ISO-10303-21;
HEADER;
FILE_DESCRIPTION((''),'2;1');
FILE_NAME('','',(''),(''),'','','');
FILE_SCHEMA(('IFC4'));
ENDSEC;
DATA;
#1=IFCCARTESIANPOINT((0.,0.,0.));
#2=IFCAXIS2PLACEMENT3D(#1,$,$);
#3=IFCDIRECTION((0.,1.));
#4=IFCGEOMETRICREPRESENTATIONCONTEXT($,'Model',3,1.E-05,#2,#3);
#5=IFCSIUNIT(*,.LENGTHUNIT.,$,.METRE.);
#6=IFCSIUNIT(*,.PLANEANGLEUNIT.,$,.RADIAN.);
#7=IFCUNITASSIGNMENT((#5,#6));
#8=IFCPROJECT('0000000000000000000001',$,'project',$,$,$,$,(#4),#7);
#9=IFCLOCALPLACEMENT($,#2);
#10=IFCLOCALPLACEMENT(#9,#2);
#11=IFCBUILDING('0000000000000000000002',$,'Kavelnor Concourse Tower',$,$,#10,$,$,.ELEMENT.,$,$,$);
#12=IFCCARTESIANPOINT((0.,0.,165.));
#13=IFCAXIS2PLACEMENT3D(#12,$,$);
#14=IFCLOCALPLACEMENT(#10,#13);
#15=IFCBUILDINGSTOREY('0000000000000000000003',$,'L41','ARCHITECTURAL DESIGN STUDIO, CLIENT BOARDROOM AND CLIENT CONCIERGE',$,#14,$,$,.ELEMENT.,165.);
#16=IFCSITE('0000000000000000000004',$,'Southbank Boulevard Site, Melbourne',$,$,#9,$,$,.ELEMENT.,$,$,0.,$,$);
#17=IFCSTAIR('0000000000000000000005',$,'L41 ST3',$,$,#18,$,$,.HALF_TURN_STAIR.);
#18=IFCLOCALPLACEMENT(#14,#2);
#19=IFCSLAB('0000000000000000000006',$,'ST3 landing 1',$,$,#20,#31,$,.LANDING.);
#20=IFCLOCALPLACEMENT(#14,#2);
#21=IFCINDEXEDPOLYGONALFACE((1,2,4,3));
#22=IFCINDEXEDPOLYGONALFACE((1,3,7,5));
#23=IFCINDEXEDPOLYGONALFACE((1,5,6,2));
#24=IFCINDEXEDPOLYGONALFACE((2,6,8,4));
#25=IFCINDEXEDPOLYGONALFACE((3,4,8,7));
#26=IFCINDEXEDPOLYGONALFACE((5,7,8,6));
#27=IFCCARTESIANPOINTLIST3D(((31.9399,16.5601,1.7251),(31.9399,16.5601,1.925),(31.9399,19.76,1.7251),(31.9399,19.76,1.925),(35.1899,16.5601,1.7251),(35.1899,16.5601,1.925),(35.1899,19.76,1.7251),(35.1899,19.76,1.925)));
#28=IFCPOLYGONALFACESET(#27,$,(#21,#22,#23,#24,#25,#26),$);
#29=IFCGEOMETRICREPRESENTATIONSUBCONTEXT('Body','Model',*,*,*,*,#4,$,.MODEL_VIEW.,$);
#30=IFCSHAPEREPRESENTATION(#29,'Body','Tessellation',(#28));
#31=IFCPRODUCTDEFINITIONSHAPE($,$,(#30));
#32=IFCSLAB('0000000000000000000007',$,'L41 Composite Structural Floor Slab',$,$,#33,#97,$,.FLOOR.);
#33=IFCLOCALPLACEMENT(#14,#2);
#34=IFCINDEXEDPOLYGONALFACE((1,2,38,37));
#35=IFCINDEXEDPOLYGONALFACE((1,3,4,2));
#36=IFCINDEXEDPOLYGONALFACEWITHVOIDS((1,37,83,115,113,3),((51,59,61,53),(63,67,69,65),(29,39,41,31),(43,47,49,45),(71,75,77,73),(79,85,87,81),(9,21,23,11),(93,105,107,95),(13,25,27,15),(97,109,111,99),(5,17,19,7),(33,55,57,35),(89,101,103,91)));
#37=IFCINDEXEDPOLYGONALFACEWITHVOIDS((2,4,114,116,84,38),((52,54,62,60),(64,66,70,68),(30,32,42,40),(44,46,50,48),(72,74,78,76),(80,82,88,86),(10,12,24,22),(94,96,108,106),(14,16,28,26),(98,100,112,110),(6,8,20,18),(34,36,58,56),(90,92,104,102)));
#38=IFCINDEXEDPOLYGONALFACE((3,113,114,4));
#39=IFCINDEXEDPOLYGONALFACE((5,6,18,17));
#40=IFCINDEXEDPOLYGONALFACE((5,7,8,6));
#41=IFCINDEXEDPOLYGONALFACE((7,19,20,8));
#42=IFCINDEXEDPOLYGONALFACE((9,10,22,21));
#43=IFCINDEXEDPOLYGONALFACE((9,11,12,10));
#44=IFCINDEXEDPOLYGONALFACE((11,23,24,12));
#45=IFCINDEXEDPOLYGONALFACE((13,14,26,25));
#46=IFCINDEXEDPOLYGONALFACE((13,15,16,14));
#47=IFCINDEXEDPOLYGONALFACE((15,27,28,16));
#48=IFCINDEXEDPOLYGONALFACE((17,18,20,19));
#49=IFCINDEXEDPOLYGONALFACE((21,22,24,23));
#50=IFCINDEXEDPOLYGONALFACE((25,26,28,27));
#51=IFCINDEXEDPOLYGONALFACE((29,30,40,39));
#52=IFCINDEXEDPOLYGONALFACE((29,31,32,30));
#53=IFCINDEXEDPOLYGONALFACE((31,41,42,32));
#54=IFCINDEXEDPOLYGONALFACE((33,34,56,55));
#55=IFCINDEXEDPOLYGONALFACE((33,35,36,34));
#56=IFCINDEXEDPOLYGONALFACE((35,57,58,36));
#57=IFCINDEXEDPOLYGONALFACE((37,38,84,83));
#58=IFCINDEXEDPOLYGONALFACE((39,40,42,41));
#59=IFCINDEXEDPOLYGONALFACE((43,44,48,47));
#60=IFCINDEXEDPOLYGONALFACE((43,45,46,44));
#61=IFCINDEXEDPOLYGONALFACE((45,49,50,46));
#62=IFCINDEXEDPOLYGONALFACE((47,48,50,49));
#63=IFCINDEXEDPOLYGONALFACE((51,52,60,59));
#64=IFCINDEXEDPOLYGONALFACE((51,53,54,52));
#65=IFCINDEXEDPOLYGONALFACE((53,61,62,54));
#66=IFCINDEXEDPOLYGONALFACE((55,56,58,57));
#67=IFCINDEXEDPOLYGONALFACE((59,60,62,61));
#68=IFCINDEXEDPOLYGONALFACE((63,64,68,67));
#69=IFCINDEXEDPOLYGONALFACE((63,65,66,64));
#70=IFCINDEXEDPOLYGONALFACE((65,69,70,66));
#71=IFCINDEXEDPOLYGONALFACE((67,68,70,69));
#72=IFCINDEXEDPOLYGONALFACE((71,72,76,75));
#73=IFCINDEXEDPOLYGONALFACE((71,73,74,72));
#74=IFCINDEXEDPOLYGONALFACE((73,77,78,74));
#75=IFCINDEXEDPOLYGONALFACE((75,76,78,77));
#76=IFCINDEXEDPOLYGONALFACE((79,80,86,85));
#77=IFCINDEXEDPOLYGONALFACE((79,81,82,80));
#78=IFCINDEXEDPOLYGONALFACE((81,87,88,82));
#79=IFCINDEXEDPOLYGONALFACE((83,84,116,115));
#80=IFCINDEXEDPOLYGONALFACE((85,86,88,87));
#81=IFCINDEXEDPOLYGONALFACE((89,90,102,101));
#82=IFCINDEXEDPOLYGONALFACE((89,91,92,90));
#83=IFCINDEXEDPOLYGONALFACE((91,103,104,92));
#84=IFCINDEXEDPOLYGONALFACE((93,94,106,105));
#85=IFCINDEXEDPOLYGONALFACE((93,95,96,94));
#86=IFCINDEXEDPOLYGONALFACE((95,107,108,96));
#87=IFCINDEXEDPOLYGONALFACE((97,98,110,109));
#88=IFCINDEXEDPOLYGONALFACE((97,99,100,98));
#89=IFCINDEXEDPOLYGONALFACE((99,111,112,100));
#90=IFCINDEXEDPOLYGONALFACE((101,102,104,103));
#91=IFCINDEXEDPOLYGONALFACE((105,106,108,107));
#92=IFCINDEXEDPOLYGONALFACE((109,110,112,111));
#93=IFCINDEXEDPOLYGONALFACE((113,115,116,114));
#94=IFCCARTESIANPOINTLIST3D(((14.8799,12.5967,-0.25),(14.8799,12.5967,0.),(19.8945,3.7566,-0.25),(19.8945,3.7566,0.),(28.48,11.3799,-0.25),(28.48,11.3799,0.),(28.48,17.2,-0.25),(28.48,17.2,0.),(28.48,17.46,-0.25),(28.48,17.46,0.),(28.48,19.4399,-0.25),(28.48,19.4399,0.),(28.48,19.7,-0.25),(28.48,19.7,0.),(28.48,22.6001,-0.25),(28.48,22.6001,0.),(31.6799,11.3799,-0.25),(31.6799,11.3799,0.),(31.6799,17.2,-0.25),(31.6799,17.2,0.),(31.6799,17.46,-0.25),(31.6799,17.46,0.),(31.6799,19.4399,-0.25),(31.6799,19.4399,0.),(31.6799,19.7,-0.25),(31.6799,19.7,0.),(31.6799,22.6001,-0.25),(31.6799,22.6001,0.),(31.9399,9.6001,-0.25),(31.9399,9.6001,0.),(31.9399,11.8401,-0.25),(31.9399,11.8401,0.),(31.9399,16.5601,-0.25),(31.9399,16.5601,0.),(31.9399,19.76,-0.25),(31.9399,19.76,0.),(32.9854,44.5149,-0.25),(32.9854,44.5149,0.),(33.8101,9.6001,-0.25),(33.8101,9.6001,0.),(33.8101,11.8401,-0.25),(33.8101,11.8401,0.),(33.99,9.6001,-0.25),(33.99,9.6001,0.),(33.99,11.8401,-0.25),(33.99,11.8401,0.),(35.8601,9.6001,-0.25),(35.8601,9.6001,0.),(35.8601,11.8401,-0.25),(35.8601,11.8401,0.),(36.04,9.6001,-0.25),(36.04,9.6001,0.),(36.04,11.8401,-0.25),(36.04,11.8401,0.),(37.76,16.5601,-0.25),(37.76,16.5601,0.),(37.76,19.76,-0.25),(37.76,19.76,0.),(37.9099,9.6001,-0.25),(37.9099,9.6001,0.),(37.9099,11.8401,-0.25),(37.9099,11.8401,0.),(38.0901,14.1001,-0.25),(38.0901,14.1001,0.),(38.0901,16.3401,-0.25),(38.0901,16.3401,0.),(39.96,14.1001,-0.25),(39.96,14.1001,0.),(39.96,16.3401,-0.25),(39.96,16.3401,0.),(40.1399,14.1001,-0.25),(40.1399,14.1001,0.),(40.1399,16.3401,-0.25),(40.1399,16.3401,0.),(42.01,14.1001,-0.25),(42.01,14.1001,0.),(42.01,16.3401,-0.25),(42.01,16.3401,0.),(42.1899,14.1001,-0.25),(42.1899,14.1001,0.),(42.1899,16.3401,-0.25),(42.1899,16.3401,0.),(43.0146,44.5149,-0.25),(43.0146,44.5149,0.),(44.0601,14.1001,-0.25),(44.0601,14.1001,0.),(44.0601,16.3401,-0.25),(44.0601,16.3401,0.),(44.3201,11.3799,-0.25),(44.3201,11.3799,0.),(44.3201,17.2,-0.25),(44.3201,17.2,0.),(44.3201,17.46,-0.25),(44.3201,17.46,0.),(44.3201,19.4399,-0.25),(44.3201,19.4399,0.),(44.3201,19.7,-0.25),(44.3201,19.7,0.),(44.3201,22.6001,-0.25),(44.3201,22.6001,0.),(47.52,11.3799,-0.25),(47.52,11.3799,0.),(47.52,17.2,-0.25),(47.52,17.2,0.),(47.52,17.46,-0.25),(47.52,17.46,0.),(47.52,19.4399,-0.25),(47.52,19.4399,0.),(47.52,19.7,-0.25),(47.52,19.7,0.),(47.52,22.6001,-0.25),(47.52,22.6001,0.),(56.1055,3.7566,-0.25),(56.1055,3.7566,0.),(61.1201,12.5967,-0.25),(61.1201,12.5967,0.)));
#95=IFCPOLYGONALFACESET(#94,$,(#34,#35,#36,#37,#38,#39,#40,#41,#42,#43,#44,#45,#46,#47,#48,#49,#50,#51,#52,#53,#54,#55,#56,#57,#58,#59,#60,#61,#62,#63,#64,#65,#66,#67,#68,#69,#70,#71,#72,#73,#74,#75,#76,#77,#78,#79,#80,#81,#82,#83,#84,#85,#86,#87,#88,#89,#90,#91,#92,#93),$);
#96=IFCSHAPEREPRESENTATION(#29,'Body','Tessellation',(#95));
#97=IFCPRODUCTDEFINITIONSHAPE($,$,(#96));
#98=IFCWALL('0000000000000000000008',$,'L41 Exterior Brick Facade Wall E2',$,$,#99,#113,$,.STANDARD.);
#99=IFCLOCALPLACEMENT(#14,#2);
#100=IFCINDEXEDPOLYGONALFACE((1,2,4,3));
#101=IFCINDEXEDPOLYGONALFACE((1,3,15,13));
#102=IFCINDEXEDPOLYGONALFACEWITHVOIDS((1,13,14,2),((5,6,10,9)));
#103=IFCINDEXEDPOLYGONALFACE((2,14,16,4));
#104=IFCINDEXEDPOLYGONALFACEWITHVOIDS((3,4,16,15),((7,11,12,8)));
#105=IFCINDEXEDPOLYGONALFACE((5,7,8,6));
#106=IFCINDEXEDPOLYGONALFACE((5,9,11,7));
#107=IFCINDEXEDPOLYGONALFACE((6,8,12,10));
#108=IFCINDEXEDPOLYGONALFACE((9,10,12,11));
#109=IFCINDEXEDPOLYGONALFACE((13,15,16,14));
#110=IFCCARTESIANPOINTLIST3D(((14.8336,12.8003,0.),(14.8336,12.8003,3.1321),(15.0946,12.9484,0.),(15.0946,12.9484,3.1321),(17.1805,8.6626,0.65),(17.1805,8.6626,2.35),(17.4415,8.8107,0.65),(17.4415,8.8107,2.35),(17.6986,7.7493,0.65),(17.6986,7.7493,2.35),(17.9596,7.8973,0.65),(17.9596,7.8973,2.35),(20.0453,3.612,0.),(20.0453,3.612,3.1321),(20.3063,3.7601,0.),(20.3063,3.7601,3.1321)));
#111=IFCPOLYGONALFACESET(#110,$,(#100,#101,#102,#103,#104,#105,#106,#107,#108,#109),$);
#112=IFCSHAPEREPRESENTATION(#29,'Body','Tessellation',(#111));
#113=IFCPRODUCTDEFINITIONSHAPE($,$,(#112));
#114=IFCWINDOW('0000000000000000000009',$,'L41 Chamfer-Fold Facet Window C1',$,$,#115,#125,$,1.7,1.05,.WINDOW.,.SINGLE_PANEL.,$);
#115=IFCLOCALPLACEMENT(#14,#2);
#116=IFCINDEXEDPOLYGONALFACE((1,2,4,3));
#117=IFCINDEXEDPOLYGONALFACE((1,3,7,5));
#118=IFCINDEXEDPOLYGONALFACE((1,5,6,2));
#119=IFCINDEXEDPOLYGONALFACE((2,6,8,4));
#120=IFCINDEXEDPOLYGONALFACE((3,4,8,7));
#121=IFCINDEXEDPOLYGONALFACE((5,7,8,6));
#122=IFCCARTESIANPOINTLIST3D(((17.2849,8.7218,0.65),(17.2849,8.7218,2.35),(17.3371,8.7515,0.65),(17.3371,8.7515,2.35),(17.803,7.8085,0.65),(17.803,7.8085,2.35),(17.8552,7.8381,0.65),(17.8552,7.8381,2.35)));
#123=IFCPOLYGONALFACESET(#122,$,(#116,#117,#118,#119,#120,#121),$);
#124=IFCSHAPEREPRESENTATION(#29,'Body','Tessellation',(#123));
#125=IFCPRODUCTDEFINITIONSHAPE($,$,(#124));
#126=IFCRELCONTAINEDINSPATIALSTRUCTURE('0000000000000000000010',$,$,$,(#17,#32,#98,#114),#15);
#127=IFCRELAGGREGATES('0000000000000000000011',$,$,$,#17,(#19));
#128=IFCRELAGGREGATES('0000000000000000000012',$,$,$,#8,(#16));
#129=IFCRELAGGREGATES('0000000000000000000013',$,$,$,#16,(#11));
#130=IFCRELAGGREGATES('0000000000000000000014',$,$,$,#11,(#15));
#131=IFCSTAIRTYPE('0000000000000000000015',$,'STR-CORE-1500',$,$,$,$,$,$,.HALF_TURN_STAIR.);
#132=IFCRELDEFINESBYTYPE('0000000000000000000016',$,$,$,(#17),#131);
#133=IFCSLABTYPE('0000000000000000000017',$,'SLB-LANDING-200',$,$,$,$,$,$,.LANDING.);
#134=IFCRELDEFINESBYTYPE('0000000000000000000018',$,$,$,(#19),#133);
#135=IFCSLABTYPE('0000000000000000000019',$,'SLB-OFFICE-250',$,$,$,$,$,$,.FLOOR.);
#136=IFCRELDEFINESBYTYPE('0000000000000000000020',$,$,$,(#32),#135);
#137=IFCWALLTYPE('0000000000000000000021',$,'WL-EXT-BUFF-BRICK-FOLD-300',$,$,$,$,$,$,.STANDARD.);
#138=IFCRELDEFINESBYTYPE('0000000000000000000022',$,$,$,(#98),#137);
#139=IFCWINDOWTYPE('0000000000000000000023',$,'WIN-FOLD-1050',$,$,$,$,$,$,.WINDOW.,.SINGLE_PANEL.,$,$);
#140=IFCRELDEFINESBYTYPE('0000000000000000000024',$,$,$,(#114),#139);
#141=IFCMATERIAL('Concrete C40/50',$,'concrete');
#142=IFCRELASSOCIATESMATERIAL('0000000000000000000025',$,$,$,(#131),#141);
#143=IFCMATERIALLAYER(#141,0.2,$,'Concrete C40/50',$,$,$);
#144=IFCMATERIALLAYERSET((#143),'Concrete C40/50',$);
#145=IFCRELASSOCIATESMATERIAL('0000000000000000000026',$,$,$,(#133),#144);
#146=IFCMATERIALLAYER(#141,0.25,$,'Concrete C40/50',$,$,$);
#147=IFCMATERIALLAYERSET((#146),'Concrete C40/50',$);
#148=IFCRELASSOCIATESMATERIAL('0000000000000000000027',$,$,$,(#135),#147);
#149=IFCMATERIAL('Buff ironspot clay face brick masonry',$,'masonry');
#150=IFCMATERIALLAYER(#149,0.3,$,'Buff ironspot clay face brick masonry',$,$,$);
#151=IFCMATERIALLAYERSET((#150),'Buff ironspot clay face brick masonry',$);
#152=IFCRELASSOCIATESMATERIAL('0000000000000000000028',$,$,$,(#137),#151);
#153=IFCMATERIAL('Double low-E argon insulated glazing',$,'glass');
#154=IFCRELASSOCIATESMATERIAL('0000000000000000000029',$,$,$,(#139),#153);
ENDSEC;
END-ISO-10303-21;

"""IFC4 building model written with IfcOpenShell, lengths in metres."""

from ifc_helpers import new_model, si_unit, direction, frame, frame_2d, origin, place, context, subcontext, project, spatial, polyline, rectangle, outline, extrude, material, layer, layer_set, type_object, element, fill, aggregate, save


model = new_model("IFC4")

# Units and contexts
model_context = context("Model", 3, precision=1e-05, world=origin(), true_north=direction((0.0, 1.0)))
body_context = subcontext(model_context, "Body", "Model", "MODEL_VIEW")
ifc_project = project(units=[si_unit("LENGTHUNIT", "METRE"), si_unit("PLANEANGLEUNIT", "RADIAN")], contexts=[model_context])

# Site, building, storey
site_placement = place(None, origin())
site = spatial("IfcSite", under=ifc_project, at=site_placement, Name="Southbank Boulevard Site, Melbourne", CompositionType="ELEMENT", RefElevation=0.0)
building_placement = place(site_placement, origin())
building = spatial("IfcBuilding", under=site, at=building_placement, Name="Kavelnor Concourse Tower", CompositionType="ELEMENT")
storey_placement = place(building_placement, frame((0.0, 0.0, 165.0)))
storey = spatial("IfcBuildingStorey", under=building, at=storey_placement, Name="L41", Description="ARCHITECTURAL DESIGN STUDIO, CLIENT BOARDROOM AND CLIENT CONCIERGE", CompositionType="ELEMENT", Elevation=165.0)

# Stair, slab
ifc_material_1 = material(Name="Concrete C40/50", Category="concrete")
stair_type = type_object("IfcStairType", Name="STR-CORE-1500", PredefinedType="HALF_TURN_STAIR", material=ifc_material_1)
ifc_layer_1 = layer(ifc_material_1, 0.2, Name="Concrete C40/50")
ifc_layer_set_1 = layer_set([ifc_layer_1], Name="Concrete C40/50")
slab_type_1 = type_object("IfcSlabType", Name="SLB-LANDING-200", PredefinedType="LANDING", material=ifc_layer_set_1)
stair_1_placement = place(storey_placement, origin())
stair_1 = element("IfcStair", 1, at=stair_1_placement, inside=storey, type_object=stair_type, Name="L41 ST3", PredefinedType="HALF_TURN_STAIR")
slab_1_placement = place(storey_placement, frame((0.0, 0.0, 1.7251)))
slab_1 = element("IfcSlab", 2, at=slab_1_placement, type_object=slab_type_1, Name="ST3 landing 1", PredefinedType="LANDING", context=body_context, shape_type="SweptSolid", body=[
    extrude(outline(polyline([(35.1899, 19.76), (31.9399, 19.76), (31.9399, 16.5601), (35.1899, 16.5601), (35.1899, 19.76)])), origin(), (0.0, 0.0, 1.0), 0.2),
])
aggregate(stair_1, [slab_1])

# Slab
ifc_layer_2 = layer(ifc_material_1, 0.25, Name="Concrete C40/50")
ifc_layer_set_2 = layer_set([ifc_layer_2], Name="Concrete C40/50")
slab_type_2 = type_object("IfcSlabType", Name="SLB-OFFICE-250", PredefinedType="FLOOR", material=ifc_layer_set_2)
slab_2_placement = place(storey_placement, frame((0.0, 0.0, -0.25)))
element("IfcSlab", 3, at=slab_2_placement, inside=storey, type_object=slab_type_2, Name="L41 Composite Structural Floor Slab", PredefinedType="FLOOR", context=body_context, shape_type="SweptSolid", body=[
    extrude(outline(polyline([(43.0146, 44.5149), (32.9854, 44.5149), (14.8799, 12.5967), (19.8945, 3.7566), (56.1055, 3.7566), (61.1201, 12.5967), (43.0146, 44.5149)]), holes=[polyline([(28.48, 11.3799), (31.6799, 11.3799), (31.6799, 17.2), (28.48, 17.2), (28.48, 11.3799)]), polyline([(44.3201, 11.3799), (47.52, 11.3799), (47.52, 17.2), (44.3201, 17.2), (44.3201, 11.3799)]), polyline([(31.9399, 16.5601), (37.76, 16.5601), (37.76, 19.76), (31.9399, 19.76), (31.9399, 16.5601)]), polyline([(28.48, 19.7), (31.6799, 19.7), (31.6799, 22.6001), (28.48, 22.6001), (28.48, 19.7)]), polyline([(44.3201, 19.7), (47.52, 19.7), (47.52, 22.6001), (44.3201, 22.6001), (44.3201, 19.7)]), polyline([(38.0901, 14.1001), (39.96, 14.1001), (39.96, 16.3401), (38.0901, 16.3401), (38.0901, 14.1001)]), polyline([(40.1399, 14.1001), (42.01, 14.1001), (42.01, 16.3401), (40.1399, 16.3401), (40.1399, 14.1001)]), polyline([(42.1899, 14.1001), (44.0601, 14.1001), (44.0601, 16.3401), (42.1899, 16.3401), (42.1899, 14.1001)]), polyline([(31.9399, 9.6001), (33.8101, 9.6001), (33.8101, 11.8401), (31.9399, 11.8401), (31.9399, 9.6001)]), polyline([(33.99, 9.6001), (35.8601, 9.6001), (35.8601, 11.8401), (33.99, 11.8401), (33.99, 9.6001)]), polyline([(36.04, 9.6001), (37.9099, 9.6001), (37.9099, 11.8401), (36.04, 11.8401), (36.04, 9.6001)]), polyline([(28.48, 17.46), (31.6799, 17.46), (31.6799, 19.4399), (28.48, 19.4399), (28.48, 17.46)]), polyline([(44.3201, 17.46), (47.52, 17.46), (47.52, 19.4399), (44.3201, 19.4399), (44.3201, 17.46)])]), origin(), (0.0, 0.0, 1.0), 0.25),
])

# Wall, opening, window
ifc_material_2 = material(Name="Buff ironspot clay face brick masonry", Category="masonry")
ifc_layer_3 = layer(ifc_material_2, 0.3, Name="Buff ironspot clay face brick masonry")
ifc_layer_set_3 = layer_set([ifc_layer_3], Name="Buff ironspot clay face brick masonry")
wall_type_1 = type_object("IfcWallType", Name="WL-EXT-BUFF-BRICK-FOLD-300", PredefinedType="STANDARD", material=ifc_layer_set_3)
wall_1_placement = place(storey_placement, frame((20.1758, 3.686, 0.0), z_axis=(0.0, 0.0, 1.0), x_axis=(-0.493371, 0.869819, 0.0)))
wall_1 = element("IfcWall", 4, at=wall_1_placement, inside=storey, type_object=wall_type_1, Name="L41 Exterior Brick Facade Wall E2", PredefinedType="STANDARD", context=body_context, shape_type="SweptSolid", body=[
    extrude(rectangle(XDim=10.5635, YDim=0.3, at=frame_2d((5.2817, 0.0))), origin(), (0.0, 0.0, 1.0), 3.1321),
])
opening_1_placement = place(wall_1_placement, frame((4.7566, 0.0, 0.6499)))
opening_1 = element("IfcOpeningElement", 5, at=opening_1_placement, cuts=wall_1, PredefinedType="OPENING", context=body_context, shape_type="SweptSolid", body=[
    extrude(rectangle(XDim=1.05, YDim=1.7, at=frame_2d((0.5249, 0.8501))), frame((0.0, 0.1602, 0.0), z_axis=(0.0, -1.0, 0.0), x_axis=(1.0, 0.0, 0.0)), (0.0, 0.0, 1.0), 0.3201),
])
ifc_material_3 = material(Name="Double low-E argon insulated glazing", Category="glass")
window_type_1 = type_object("IfcWindowType", Name="WIN-FOLD-1050", PartitioningType="SINGLE_PANEL", PredefinedType="WINDOW", material=ifc_material_3)
window_1_placement = place(opening_1_placement, origin())
window_1 = element("IfcWindow", 6, at=window_1_placement, inside=storey, type_object=window_type_1, Name="L41 Chamfer-Fold Facet Window C1", OverallHeight=1.7, OverallWidth=1.05, PartitioningType="SINGLE_PANEL", PredefinedType="WINDOW", context=body_context, shape_type="SweptSolid", body=[
    extrude(rectangle(XDim=1.05, YDim=1.7, at=frame_2d((0.5249, 0.8501))), frame((0.0, 0.03, 0.0), z_axis=(0.0, -1.0, 0.0), x_axis=(1.0, 0.0, 0.0)), (0.0, 0.0, 1.0), 0.0601),
])
fill(opening_1, window_1)

save(model, "model.ifc")
